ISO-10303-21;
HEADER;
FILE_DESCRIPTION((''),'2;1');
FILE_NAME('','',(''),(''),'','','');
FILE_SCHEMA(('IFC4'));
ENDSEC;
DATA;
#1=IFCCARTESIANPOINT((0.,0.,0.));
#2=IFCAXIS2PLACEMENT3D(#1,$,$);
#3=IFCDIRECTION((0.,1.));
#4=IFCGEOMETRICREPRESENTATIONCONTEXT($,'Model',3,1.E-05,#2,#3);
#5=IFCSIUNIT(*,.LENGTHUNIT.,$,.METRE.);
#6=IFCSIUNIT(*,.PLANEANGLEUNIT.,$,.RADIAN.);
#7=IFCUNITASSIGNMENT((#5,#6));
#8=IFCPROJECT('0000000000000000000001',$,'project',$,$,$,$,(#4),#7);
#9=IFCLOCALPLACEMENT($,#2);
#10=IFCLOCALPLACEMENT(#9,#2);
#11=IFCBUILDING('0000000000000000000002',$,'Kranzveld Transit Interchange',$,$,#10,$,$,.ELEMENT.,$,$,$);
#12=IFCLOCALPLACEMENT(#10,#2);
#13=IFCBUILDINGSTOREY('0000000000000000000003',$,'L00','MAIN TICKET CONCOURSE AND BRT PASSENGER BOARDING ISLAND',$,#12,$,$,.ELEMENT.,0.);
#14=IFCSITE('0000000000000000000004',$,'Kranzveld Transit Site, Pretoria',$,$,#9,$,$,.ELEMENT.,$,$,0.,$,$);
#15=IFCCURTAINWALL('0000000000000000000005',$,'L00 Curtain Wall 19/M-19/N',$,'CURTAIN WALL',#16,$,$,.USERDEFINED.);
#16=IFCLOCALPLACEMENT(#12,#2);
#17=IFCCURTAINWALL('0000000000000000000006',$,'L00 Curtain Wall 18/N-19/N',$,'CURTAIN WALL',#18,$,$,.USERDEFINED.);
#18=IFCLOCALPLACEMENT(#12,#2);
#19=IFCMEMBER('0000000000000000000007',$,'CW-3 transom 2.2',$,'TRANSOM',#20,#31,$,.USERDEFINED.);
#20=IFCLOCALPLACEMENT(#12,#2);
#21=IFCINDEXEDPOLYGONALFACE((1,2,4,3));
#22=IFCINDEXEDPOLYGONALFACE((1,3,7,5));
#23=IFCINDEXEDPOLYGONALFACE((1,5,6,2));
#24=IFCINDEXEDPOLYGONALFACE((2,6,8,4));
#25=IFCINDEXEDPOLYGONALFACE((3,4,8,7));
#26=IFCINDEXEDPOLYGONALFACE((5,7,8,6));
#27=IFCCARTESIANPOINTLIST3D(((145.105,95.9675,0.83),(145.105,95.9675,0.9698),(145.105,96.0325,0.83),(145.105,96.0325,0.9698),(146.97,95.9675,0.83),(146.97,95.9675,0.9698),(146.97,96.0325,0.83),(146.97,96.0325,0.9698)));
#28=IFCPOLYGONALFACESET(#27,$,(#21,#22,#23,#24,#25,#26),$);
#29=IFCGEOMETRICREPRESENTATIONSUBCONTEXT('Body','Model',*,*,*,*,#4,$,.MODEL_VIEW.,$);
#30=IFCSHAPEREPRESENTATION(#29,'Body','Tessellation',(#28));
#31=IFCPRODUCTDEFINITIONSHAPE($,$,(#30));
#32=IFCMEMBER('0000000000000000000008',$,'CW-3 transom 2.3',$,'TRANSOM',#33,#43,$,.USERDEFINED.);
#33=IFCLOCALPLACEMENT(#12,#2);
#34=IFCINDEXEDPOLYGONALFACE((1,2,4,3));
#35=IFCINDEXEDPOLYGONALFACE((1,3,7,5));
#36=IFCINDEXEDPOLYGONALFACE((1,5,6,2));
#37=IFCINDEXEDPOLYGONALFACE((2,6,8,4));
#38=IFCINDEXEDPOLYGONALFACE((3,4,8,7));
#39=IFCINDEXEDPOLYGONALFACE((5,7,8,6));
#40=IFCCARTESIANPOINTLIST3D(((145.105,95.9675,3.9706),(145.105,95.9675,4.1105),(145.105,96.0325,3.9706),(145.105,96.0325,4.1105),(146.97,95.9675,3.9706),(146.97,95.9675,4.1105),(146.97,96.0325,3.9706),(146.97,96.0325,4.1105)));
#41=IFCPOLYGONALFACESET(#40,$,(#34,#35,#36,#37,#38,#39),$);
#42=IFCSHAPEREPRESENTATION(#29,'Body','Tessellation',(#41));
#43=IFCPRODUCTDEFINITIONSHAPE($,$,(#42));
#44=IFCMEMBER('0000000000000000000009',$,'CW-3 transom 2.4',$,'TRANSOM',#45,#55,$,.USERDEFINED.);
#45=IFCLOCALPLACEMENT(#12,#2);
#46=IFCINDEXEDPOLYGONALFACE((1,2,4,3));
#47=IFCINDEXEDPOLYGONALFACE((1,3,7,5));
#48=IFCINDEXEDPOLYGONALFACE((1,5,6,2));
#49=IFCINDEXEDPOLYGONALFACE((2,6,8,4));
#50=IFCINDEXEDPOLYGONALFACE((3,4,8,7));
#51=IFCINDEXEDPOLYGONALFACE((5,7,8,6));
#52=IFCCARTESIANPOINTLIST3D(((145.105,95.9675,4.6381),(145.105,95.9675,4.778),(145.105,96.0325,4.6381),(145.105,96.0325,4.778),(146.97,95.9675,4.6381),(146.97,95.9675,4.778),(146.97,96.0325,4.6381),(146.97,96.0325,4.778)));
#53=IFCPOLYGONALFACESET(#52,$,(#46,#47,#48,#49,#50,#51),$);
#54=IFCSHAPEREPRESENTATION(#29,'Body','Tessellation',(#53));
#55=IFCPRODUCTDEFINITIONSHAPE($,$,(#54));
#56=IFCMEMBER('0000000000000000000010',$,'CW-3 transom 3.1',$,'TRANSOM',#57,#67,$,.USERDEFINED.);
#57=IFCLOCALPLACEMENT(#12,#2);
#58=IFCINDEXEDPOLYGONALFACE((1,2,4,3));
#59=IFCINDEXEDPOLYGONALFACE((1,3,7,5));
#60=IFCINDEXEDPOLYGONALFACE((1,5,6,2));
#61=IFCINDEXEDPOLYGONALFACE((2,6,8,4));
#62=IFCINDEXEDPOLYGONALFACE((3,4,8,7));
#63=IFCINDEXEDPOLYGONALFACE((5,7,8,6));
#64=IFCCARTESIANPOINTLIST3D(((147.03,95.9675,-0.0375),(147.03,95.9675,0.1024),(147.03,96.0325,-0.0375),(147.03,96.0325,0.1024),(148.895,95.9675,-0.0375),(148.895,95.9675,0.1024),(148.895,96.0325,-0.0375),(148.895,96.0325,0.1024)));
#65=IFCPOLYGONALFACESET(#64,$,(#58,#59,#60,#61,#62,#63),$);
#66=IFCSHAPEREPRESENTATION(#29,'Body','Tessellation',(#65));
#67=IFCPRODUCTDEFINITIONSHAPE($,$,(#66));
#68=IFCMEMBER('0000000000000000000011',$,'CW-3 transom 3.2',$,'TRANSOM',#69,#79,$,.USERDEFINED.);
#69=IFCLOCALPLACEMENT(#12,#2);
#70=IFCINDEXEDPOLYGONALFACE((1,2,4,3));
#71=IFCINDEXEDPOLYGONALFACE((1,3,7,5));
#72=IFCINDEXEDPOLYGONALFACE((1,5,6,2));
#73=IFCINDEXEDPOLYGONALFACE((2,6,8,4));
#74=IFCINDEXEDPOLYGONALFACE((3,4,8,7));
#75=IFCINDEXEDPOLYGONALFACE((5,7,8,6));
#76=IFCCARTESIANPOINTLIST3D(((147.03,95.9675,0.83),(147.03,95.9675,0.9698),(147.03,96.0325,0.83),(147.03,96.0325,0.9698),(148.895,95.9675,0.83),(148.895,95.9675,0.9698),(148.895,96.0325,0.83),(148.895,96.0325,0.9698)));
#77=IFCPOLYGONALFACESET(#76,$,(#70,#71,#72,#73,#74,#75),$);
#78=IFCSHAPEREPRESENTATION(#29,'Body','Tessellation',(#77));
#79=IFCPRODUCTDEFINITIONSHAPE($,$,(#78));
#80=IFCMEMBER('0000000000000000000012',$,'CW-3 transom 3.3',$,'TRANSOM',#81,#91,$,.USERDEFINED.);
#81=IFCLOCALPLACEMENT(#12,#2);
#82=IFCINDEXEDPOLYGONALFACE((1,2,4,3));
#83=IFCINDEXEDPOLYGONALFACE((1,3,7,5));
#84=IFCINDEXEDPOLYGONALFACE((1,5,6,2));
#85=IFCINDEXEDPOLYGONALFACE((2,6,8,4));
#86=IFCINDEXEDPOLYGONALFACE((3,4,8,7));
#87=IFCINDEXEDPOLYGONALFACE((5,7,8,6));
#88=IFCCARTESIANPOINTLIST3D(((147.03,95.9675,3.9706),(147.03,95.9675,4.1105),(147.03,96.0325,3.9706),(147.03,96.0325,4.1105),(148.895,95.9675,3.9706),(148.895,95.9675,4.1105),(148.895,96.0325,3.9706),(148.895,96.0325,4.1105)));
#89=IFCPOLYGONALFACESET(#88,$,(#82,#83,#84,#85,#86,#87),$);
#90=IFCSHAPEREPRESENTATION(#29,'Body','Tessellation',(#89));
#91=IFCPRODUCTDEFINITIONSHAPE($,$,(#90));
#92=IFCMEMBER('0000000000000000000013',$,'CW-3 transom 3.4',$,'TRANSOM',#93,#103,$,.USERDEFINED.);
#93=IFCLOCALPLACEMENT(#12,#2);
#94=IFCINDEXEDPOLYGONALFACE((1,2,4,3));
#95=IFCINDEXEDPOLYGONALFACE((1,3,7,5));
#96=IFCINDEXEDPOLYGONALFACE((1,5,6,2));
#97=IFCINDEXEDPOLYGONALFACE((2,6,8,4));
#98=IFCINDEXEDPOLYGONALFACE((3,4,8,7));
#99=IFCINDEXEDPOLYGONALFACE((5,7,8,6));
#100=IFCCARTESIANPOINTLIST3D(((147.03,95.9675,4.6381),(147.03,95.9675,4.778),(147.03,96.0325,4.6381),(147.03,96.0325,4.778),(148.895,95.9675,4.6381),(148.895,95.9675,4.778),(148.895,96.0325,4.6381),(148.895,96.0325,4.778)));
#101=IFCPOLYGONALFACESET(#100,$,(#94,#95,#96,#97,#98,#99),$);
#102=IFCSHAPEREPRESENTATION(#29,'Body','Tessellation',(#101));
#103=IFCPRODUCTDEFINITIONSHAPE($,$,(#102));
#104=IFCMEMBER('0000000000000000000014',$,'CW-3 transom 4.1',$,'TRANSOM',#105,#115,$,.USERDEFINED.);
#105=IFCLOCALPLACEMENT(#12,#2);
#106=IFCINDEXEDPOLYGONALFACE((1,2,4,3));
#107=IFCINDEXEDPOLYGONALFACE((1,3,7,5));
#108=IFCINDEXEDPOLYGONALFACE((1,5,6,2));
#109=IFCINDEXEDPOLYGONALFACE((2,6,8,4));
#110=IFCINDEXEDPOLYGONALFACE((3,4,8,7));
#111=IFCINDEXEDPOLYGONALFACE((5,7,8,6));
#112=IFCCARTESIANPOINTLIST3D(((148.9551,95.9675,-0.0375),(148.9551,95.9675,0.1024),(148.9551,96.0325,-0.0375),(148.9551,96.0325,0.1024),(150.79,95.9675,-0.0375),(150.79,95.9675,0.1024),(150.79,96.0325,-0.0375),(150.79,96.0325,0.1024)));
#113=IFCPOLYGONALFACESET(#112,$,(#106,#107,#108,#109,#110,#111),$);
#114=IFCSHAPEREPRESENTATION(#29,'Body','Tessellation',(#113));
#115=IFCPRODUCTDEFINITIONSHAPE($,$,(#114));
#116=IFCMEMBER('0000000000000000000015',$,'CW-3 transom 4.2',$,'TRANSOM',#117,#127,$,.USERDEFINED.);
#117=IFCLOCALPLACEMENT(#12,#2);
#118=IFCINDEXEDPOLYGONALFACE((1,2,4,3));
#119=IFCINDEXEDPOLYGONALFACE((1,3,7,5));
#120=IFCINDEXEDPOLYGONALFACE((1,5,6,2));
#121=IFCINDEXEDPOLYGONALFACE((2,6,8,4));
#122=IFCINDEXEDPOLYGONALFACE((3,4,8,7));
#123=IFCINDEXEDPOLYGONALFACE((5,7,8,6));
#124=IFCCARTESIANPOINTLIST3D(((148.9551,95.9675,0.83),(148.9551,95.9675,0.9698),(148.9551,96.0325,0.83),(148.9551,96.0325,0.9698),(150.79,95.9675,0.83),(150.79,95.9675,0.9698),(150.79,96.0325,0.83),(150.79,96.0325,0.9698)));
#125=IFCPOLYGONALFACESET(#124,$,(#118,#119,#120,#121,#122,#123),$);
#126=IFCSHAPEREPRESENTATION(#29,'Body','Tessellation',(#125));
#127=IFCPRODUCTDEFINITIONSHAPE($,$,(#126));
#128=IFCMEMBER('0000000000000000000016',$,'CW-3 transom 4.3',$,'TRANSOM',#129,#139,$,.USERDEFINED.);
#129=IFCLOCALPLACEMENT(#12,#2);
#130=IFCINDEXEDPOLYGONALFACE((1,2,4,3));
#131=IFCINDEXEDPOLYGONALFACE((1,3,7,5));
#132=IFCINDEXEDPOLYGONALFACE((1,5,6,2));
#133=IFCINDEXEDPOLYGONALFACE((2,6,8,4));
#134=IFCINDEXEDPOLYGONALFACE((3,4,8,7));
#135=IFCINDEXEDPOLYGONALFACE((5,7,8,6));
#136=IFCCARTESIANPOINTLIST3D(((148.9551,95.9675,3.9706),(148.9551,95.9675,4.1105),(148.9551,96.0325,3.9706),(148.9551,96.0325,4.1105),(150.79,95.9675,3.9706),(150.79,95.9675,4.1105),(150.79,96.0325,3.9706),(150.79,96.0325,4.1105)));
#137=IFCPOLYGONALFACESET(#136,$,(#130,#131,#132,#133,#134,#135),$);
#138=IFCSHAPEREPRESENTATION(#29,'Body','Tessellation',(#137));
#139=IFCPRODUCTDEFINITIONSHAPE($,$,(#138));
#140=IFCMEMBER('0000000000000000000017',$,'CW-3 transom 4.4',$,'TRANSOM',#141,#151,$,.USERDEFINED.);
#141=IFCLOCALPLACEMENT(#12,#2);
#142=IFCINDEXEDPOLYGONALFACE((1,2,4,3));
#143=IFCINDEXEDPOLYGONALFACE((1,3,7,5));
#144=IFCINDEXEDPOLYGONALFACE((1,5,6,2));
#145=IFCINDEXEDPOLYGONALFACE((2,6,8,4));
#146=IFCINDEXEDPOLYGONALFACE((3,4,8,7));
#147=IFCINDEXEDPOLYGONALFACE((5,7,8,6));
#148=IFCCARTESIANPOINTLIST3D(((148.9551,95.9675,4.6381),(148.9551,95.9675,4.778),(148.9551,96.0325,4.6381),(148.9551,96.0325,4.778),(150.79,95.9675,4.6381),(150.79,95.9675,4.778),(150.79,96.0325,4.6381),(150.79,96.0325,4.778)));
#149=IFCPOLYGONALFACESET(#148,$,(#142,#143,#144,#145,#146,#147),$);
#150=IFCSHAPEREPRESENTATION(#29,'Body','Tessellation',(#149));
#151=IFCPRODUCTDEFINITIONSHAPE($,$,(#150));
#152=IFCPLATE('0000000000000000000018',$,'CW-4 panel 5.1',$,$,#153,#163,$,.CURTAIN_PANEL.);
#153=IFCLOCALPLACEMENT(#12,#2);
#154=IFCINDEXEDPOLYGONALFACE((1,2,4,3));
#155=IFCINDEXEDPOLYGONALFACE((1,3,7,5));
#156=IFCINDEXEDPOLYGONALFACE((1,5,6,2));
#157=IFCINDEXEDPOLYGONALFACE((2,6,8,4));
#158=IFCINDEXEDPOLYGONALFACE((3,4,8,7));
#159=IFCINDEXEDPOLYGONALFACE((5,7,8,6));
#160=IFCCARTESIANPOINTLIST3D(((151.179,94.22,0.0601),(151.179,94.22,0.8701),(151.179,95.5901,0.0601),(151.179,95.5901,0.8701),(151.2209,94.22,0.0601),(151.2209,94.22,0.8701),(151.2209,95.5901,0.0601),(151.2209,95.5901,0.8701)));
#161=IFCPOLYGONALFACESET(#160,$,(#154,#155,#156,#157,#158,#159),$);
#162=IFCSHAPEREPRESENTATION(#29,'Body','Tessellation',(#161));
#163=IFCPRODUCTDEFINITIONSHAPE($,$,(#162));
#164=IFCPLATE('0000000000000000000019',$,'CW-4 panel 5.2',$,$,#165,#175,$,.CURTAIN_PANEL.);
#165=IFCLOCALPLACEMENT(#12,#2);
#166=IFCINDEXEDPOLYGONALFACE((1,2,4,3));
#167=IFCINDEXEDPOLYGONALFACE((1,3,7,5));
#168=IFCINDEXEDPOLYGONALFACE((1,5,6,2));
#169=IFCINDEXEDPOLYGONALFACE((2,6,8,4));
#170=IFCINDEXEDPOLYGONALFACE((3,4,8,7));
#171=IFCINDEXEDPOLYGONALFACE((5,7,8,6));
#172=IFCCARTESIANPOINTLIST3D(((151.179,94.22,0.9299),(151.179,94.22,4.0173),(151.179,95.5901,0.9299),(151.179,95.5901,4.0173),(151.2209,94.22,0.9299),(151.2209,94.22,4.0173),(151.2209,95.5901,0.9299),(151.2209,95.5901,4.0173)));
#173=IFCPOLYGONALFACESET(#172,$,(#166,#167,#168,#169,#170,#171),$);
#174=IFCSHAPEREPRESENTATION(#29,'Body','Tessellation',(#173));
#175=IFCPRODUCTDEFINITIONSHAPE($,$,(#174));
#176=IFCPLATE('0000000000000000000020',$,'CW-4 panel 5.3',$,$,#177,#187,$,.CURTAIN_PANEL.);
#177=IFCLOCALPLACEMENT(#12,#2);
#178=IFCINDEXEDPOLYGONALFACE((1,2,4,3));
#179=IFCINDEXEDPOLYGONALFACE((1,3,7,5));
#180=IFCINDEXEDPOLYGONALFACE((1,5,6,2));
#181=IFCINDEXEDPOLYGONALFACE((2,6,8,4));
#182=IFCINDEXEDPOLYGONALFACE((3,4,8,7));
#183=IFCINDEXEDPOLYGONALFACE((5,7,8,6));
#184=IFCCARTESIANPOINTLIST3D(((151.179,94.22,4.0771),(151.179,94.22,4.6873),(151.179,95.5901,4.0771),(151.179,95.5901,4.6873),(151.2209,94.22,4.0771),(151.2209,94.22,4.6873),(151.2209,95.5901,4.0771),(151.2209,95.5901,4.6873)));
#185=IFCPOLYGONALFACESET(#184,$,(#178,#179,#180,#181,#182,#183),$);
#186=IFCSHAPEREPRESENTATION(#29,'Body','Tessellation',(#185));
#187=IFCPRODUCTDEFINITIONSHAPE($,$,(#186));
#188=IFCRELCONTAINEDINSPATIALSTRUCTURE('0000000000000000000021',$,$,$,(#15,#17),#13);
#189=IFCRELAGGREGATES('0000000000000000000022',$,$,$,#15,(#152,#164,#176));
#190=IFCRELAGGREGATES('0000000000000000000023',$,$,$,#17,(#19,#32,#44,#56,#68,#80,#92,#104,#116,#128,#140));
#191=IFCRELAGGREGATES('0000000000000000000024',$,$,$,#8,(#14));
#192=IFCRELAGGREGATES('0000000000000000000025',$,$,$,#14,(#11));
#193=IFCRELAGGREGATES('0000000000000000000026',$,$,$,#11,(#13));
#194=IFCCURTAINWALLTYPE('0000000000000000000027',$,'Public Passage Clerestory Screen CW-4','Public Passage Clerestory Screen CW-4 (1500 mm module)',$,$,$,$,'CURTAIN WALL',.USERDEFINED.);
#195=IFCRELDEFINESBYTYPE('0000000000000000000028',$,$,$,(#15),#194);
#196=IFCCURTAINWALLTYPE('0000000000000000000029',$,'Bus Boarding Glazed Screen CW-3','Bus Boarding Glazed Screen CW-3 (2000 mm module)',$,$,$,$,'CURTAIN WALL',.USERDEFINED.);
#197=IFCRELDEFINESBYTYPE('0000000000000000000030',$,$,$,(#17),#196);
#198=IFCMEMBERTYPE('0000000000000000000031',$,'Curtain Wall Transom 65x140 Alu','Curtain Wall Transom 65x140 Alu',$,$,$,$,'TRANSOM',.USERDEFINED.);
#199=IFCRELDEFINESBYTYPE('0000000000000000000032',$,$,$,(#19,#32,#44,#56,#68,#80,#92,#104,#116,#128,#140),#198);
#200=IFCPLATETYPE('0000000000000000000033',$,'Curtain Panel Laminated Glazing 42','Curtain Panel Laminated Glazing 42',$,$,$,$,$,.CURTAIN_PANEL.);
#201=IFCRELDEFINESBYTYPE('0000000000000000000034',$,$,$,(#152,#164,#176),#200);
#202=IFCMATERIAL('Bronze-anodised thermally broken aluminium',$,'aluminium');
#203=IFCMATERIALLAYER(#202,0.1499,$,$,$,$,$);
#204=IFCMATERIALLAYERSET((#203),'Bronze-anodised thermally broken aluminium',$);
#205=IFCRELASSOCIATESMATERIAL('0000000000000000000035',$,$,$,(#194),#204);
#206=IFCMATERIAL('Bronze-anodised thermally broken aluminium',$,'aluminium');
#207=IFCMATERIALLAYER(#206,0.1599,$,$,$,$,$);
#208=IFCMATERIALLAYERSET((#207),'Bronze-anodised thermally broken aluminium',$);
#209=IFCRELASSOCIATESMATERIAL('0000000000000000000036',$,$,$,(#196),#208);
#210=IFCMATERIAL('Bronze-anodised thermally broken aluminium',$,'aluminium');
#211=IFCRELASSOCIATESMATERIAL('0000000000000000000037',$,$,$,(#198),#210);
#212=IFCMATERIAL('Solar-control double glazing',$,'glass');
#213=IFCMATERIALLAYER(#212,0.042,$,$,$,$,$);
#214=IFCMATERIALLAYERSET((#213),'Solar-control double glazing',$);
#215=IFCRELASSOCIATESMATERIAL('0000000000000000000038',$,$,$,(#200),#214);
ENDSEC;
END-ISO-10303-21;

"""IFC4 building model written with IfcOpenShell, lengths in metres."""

from ifc_helpers import new_model, si_unit, direction, frame, origin, origin_2d, place, context, subcontext, project, spatial, rectangle, extrude, material, layer, layer_set, material_profile, profile_set, type_object, element, aggregate, save


model = new_model("IFC4")

# Units and contexts
model_context = context("Model", 3, precision=1e-05, world=origin(), true_north=direction((0.0, 1.0)))
body_context = subcontext(model_context, "Body", "Model", "MODEL_VIEW")
ifc_project = project(units=[si_unit("LENGTHUNIT", "METRE"), si_unit("PLANEANGLEUNIT", "RADIAN")], contexts=[model_context])

# Site, building, storey
site_placement = place(None, origin())
site = spatial("IfcSite", under=ifc_project, at=site_placement, Name="Kranzveld Transit Site, Pretoria", CompositionType="ELEMENT", RefElevation=0.0)
building_placement = place(site_placement, origin())
building = spatial("IfcBuilding", under=site, at=building_placement, Name="Kranzveld Transit Interchange", CompositionType="ELEMENT")
storey_placement = place(building_placement, origin())
storey = spatial("IfcBuildingStorey", under=building, at=storey_placement, Name="L00", Description="MAIN TICKET CONCOURSE AND BRT PASSENGER BOARDING ISLAND", CompositionType="ELEMENT", Elevation=0.0)

# Curtain wall
ifc_material_1 = material(Name="Bronze-anodised thermally broken aluminium", Category="aluminium")
ifc_layer_1 = layer(ifc_material_1, 0.1499)
ifc_layer_set_1 = layer_set([ifc_layer_1], Name="Bronze-anodised thermally broken aluminium")
curtain_wall_type_1 = type_object("IfcCurtainWallType", Name="Public Passage Clerestory Screen CW-4", Description="Public Passage Clerestory Screen CW-4 (1500 mm module)", ElementType="CURTAIN WALL", PredefinedType="USERDEFINED", material=ifc_layer_set_1)
curtain_wall_1_placement = place(storey_placement, origin())
curtain_wall_1 = element("IfcCurtainWall", 1, at=curtain_wall_1_placement, inside=storey, type_object=curtain_wall_type_1, Name="L00 Curtain Wall 19/M-19/N", ObjectType="CURTAIN WALL", PredefinedType="USERDEFINED")

# Curtain wall, members
ifc_material_2 = material(Name="Bronze-anodised thermally broken aluminium", Category="aluminium")
ifc_layer_2 = layer(ifc_material_2, 0.1599)
ifc_layer_set_2 = layer_set([ifc_layer_2], Name="Bronze-anodised thermally broken aluminium")
curtain_wall_type_2 = type_object("IfcCurtainWallType", Name="Bus Boarding Glazed Screen CW-3", Description="Bus Boarding Glazed Screen CW-3 (2000 mm module)", ElementType="CURTAIN WALL", PredefinedType="USERDEFINED", material=ifc_layer_set_2)
curtain_wall_2_placement = place(storey_placement, origin())
curtain_wall_2 = element("IfcCurtainWall", 2, at=curtain_wall_2_placement, inside=storey, type_object=curtain_wall_type_2, Name="L00 Curtain Wall 18/N-19/N", ObjectType="CURTAIN WALL", PredefinedType="USERDEFINED")
ifc_material_3 = material(Name="Bronze-anodised thermally broken aluminium", Category="aluminium")
ifc_material_profile_1 = material_profile(ifc_material_3, rectangle(XDim=0.0649, YDim=0.1399, at=origin_2d()), Name="ALU TRANSOM 65x140")
ifc_profile_set_1 = profile_set([ifc_material_profile_1], Name="Bronze-anodised thermally broken aluminium")
member_type_1 = type_object("IfcMemberType", Name="Curtain Wall Transom 65x140 Alu", Description="Curtain Wall Transom 65x140 Alu", ElementType="TRANSOM", PredefinedType="USERDEFINED", material=ifc_profile_set_1)
member_1_placement = place(storey_placement, frame((145.105, 96.0, 0.8999), z_axis=(1.0, 0.0, 0.0), x_axis=(0.0, 1.0, 0.0)))
member_1 = element("IfcMember", 3, at=member_1_placement, type_object=member_type_1, Name="CW-3 transom 2.2", ObjectType="TRANSOM", PredefinedType="USERDEFINED", context=body_context, shape_type="SweptSolid", body=[
    extrude(rectangle(XDim=0.0649, YDim=0.1399, at=origin_2d()), origin(), (0.0, 0.0, 1.0), 1.865),
])
member_2_placement = place(storey_placement, frame((145.105, 96.0, 4.0405), z_axis=(1.0, 0.0, 0.0), x_axis=(0.0, 1.0, 0.0)))
member_2 = element("IfcMember", 4, at=member_2_placement, type_object=member_type_1, Name="CW-3 transom 2.3", ObjectType="TRANSOM", PredefinedType="USERDEFINED", context=body_context, shape_type="SweptSolid", body=[
    extrude(rectangle(XDim=0.0649, YDim=0.1399, at=origin_2d()), origin(), (0.0, 0.0, 1.0), 1.865),
])
member_3_placement = place(storey_placement, frame((145.105, 96.0, 4.708), z_axis=(1.0, 0.0, 0.0), x_axis=(0.0, 1.0, 0.0)))
member_3 = element("IfcMember", 5, at=member_3_placement, type_object=member_type_1, Name="CW-3 transom 2.4", ObjectType="TRANSOM", PredefinedType="USERDEFINED", context=body_context, shape_type="SweptSolid", body=[
    extrude(rectangle(XDim=0.0649, YDim=0.1399, at=origin_2d()), origin(), (0.0, 0.0, 1.0), 1.865),
])
member_4_placement = place(storey_placement, frame((147.03, 96.0, 0.0325), z_axis=(1.0, 0.0, 0.0), x_axis=(0.0, 1.0, 0.0)))
member_4 = element("IfcMember", 6, at=member_4_placement, type_object=member_type_1, Name="CW-3 transom 3.1", ObjectType="TRANSOM", PredefinedType="USERDEFINED", context=body_context, shape_type="SweptSolid", body=[
    extrude(rectangle(XDim=0.0649, YDim=0.1399, at=origin_2d()), origin(), (0.0, 0.0, 1.0), 1.865),
])
member_5_placement = place(storey_placement, frame((147.03, 96.0, 0.8999), z_axis=(1.0, 0.0, 0.0), x_axis=(0.0, 1.0, 0.0)))
member_5 = element("IfcMember", 7, at=member_5_placement, type_object=member_type_1, Name="CW-3 transom 3.2", ObjectType="TRANSOM", PredefinedType="USERDEFINED", context=body_context, shape_type="SweptSolid", body=[
    extrude(rectangle(XDim=0.0649, YDim=0.1399, at=origin_2d()), origin(), (0.0, 0.0, 1.0), 1.865),
])
member_6_placement = place(storey_placement, frame((147.03, 96.0, 4.0405), z_axis=(1.0, 0.0, 0.0), x_axis=(0.0, 1.0, 0.0)))
member_6 = element("IfcMember", 8, at=member_6_placement, type_object=member_type_1, Name="CW-3 transom 3.3", ObjectType="TRANSOM", PredefinedType="USERDEFINED", context=body_context, shape_type="SweptSolid", body=[
    extrude(rectangle(XDim=0.0649, YDim=0.1399, at=origin_2d()), origin(), (0.0, 0.0, 1.0), 1.865),
])
member_7_placement = place(storey_placement, frame((147.03, 96.0, 4.708), z_axis=(1.0, 0.0, 0.0), x_axis=(0.0, 1.0, 0.0)))
member_7 = element("IfcMember", 9, at=member_7_placement, type_object=member_type_1, Name="CW-3 transom 3.4", ObjectType="TRANSOM", PredefinedType="USERDEFINED", context=body_context, shape_type="SweptSolid", body=[
    extrude(rectangle(XDim=0.0649, YDim=0.1399, at=origin_2d()), origin(), (0.0, 0.0, 1.0), 1.865),
])
member_8_placement = place(storey_placement, frame((148.9551, 96.0, 0.0325), z_axis=(1.0, 0.0, 0.0), x_axis=(0.0, 1.0, 0.0)))
member_8 = element("IfcMember", 10, at=member_8_placement, type_object=member_type_1, Name="CW-3 transom 4.1", ObjectType="TRANSOM", PredefinedType="USERDEFINED", context=body_context, shape_type="SweptSolid", body=[
    extrude(rectangle(XDim=0.0649, YDim=0.1399, at=origin_2d()), origin(), (0.0, 0.0, 1.0), 1.835),
])
member_9_placement = place(storey_placement, frame((148.9551, 96.0, 0.8999), z_axis=(1.0, 0.0, 0.0), x_axis=(0.0, 1.0, 0.0)))
member_9 = element("IfcMember", 11, at=member_9_placement, type_object=member_type_1, Name="CW-3 transom 4.2", ObjectType="TRANSOM", PredefinedType="USERDEFINED", context=body_context, shape_type="SweptSolid", body=[
    extrude(rectangle(XDim=0.0649, YDim=0.1399, at=origin_2d()), origin(), (0.0, 0.0, 1.0), 1.835),
])
member_10_placement = place(storey_placement, frame((148.9551, 96.0, 4.0405), z_axis=(1.0, 0.0, 0.0), x_axis=(0.0, 1.0, 0.0)))
member_10 = element("IfcMember", 12, at=member_10_placement, type_object=member_type_1, Name="CW-3 transom 4.3", ObjectType="TRANSOM", PredefinedType="USERDEFINED", context=body_context, shape_type="SweptSolid", body=[
    extrude(rectangle(XDim=0.0649, YDim=0.1399, at=origin_2d()), origin(), (0.0, 0.0, 1.0), 1.835),
])
member_11_placement = place(storey_placement, frame((148.9551, 96.0, 4.708), z_axis=(1.0, 0.0, 0.0), x_axis=(0.0, 1.0, 0.0)))
member_11 = element("IfcMember", 13, at=member_11_placement, type_object=member_type_1, Name="CW-3 transom 4.4", ObjectType="TRANSOM", PredefinedType="USERDEFINED", context=body_context, shape_type="SweptSolid", body=[
    extrude(rectangle(XDim=0.0649, YDim=0.1399, at=origin_2d()), origin(), (0.0, 0.0, 1.0), 1.835),
])

# Plates
ifc_material_4 = material(Name="Solar-control double glazing", Category="glass")
ifc_layer_3 = layer(ifc_material_4, 0.042)
ifc_layer_set_3 = layer_set([ifc_layer_3], Name="Solar-control double glazing")
plate_type_1 = type_object("IfcPlateType", Name="Curtain Panel Laminated Glazing 42", Description="Curtain Panel Laminated Glazing 42", PredefinedType="CURTAIN_PANEL", material=ifc_layer_set_3)
plate_1_placement = place(storey_placement, frame((151.2, 94.905, 0.0601), z_axis=(0.0, 0.0, 1.0), x_axis=(0.0, 1.0, 0.0)))
plate_1 = element("IfcPlate", 14, at=plate_1_placement, type_object=plate_type_1, Name="CW-4 panel 5.1", PredefinedType="CURTAIN_PANEL", context=body_context, shape_type="SweptSolid", body=[
    extrude(rectangle(XDim=1.3701, YDim=0.042, at=origin_2d()), origin(), (0.0, 0.0, 1.0), 0.8101),
])
plate_2_placement = place(storey_placement, frame((151.2, 94.905, 0.9299), z_axis=(0.0, 0.0, 1.0), x_axis=(0.0, 1.0, 0.0)))
plate_2 = element("IfcPlate", 15, at=plate_2_placement, type_object=plate_type_1, Name="CW-4 panel 5.2", PredefinedType="CURTAIN_PANEL", context=body_context, shape_type="SweptSolid", body=[
    extrude(rectangle(XDim=1.3701, YDim=0.042, at=origin_2d()), origin(), (0.0, 0.0, 1.0), 3.0874),
])
plate_3_placement = place(storey_placement, frame((151.2, 94.905, 4.0771), z_axis=(0.0, 0.0, 1.0), x_axis=(0.0, 1.0, 0.0)))
plate_3 = element("IfcPlate", 16, at=plate_3_placement, type_object=plate_type_1, Name="CW-4 panel 5.3", PredefinedType="CURTAIN_PANEL", context=body_context, shape_type="SweptSolid", body=[
    extrude(rectangle(XDim=1.3701, YDim=0.042, at=origin_2d()), origin(), (0.0, 0.0, 1.0), 0.6101),
])
aggregate(curtain_wall_1, [plate_1, plate_2, plate_3])
aggregate(curtain_wall_2, [member_1, member_2, member_3, member_4, member_5, member_6, member_7, member_8, member_9, member_10, member_11])

save(model, "model.ifc")
